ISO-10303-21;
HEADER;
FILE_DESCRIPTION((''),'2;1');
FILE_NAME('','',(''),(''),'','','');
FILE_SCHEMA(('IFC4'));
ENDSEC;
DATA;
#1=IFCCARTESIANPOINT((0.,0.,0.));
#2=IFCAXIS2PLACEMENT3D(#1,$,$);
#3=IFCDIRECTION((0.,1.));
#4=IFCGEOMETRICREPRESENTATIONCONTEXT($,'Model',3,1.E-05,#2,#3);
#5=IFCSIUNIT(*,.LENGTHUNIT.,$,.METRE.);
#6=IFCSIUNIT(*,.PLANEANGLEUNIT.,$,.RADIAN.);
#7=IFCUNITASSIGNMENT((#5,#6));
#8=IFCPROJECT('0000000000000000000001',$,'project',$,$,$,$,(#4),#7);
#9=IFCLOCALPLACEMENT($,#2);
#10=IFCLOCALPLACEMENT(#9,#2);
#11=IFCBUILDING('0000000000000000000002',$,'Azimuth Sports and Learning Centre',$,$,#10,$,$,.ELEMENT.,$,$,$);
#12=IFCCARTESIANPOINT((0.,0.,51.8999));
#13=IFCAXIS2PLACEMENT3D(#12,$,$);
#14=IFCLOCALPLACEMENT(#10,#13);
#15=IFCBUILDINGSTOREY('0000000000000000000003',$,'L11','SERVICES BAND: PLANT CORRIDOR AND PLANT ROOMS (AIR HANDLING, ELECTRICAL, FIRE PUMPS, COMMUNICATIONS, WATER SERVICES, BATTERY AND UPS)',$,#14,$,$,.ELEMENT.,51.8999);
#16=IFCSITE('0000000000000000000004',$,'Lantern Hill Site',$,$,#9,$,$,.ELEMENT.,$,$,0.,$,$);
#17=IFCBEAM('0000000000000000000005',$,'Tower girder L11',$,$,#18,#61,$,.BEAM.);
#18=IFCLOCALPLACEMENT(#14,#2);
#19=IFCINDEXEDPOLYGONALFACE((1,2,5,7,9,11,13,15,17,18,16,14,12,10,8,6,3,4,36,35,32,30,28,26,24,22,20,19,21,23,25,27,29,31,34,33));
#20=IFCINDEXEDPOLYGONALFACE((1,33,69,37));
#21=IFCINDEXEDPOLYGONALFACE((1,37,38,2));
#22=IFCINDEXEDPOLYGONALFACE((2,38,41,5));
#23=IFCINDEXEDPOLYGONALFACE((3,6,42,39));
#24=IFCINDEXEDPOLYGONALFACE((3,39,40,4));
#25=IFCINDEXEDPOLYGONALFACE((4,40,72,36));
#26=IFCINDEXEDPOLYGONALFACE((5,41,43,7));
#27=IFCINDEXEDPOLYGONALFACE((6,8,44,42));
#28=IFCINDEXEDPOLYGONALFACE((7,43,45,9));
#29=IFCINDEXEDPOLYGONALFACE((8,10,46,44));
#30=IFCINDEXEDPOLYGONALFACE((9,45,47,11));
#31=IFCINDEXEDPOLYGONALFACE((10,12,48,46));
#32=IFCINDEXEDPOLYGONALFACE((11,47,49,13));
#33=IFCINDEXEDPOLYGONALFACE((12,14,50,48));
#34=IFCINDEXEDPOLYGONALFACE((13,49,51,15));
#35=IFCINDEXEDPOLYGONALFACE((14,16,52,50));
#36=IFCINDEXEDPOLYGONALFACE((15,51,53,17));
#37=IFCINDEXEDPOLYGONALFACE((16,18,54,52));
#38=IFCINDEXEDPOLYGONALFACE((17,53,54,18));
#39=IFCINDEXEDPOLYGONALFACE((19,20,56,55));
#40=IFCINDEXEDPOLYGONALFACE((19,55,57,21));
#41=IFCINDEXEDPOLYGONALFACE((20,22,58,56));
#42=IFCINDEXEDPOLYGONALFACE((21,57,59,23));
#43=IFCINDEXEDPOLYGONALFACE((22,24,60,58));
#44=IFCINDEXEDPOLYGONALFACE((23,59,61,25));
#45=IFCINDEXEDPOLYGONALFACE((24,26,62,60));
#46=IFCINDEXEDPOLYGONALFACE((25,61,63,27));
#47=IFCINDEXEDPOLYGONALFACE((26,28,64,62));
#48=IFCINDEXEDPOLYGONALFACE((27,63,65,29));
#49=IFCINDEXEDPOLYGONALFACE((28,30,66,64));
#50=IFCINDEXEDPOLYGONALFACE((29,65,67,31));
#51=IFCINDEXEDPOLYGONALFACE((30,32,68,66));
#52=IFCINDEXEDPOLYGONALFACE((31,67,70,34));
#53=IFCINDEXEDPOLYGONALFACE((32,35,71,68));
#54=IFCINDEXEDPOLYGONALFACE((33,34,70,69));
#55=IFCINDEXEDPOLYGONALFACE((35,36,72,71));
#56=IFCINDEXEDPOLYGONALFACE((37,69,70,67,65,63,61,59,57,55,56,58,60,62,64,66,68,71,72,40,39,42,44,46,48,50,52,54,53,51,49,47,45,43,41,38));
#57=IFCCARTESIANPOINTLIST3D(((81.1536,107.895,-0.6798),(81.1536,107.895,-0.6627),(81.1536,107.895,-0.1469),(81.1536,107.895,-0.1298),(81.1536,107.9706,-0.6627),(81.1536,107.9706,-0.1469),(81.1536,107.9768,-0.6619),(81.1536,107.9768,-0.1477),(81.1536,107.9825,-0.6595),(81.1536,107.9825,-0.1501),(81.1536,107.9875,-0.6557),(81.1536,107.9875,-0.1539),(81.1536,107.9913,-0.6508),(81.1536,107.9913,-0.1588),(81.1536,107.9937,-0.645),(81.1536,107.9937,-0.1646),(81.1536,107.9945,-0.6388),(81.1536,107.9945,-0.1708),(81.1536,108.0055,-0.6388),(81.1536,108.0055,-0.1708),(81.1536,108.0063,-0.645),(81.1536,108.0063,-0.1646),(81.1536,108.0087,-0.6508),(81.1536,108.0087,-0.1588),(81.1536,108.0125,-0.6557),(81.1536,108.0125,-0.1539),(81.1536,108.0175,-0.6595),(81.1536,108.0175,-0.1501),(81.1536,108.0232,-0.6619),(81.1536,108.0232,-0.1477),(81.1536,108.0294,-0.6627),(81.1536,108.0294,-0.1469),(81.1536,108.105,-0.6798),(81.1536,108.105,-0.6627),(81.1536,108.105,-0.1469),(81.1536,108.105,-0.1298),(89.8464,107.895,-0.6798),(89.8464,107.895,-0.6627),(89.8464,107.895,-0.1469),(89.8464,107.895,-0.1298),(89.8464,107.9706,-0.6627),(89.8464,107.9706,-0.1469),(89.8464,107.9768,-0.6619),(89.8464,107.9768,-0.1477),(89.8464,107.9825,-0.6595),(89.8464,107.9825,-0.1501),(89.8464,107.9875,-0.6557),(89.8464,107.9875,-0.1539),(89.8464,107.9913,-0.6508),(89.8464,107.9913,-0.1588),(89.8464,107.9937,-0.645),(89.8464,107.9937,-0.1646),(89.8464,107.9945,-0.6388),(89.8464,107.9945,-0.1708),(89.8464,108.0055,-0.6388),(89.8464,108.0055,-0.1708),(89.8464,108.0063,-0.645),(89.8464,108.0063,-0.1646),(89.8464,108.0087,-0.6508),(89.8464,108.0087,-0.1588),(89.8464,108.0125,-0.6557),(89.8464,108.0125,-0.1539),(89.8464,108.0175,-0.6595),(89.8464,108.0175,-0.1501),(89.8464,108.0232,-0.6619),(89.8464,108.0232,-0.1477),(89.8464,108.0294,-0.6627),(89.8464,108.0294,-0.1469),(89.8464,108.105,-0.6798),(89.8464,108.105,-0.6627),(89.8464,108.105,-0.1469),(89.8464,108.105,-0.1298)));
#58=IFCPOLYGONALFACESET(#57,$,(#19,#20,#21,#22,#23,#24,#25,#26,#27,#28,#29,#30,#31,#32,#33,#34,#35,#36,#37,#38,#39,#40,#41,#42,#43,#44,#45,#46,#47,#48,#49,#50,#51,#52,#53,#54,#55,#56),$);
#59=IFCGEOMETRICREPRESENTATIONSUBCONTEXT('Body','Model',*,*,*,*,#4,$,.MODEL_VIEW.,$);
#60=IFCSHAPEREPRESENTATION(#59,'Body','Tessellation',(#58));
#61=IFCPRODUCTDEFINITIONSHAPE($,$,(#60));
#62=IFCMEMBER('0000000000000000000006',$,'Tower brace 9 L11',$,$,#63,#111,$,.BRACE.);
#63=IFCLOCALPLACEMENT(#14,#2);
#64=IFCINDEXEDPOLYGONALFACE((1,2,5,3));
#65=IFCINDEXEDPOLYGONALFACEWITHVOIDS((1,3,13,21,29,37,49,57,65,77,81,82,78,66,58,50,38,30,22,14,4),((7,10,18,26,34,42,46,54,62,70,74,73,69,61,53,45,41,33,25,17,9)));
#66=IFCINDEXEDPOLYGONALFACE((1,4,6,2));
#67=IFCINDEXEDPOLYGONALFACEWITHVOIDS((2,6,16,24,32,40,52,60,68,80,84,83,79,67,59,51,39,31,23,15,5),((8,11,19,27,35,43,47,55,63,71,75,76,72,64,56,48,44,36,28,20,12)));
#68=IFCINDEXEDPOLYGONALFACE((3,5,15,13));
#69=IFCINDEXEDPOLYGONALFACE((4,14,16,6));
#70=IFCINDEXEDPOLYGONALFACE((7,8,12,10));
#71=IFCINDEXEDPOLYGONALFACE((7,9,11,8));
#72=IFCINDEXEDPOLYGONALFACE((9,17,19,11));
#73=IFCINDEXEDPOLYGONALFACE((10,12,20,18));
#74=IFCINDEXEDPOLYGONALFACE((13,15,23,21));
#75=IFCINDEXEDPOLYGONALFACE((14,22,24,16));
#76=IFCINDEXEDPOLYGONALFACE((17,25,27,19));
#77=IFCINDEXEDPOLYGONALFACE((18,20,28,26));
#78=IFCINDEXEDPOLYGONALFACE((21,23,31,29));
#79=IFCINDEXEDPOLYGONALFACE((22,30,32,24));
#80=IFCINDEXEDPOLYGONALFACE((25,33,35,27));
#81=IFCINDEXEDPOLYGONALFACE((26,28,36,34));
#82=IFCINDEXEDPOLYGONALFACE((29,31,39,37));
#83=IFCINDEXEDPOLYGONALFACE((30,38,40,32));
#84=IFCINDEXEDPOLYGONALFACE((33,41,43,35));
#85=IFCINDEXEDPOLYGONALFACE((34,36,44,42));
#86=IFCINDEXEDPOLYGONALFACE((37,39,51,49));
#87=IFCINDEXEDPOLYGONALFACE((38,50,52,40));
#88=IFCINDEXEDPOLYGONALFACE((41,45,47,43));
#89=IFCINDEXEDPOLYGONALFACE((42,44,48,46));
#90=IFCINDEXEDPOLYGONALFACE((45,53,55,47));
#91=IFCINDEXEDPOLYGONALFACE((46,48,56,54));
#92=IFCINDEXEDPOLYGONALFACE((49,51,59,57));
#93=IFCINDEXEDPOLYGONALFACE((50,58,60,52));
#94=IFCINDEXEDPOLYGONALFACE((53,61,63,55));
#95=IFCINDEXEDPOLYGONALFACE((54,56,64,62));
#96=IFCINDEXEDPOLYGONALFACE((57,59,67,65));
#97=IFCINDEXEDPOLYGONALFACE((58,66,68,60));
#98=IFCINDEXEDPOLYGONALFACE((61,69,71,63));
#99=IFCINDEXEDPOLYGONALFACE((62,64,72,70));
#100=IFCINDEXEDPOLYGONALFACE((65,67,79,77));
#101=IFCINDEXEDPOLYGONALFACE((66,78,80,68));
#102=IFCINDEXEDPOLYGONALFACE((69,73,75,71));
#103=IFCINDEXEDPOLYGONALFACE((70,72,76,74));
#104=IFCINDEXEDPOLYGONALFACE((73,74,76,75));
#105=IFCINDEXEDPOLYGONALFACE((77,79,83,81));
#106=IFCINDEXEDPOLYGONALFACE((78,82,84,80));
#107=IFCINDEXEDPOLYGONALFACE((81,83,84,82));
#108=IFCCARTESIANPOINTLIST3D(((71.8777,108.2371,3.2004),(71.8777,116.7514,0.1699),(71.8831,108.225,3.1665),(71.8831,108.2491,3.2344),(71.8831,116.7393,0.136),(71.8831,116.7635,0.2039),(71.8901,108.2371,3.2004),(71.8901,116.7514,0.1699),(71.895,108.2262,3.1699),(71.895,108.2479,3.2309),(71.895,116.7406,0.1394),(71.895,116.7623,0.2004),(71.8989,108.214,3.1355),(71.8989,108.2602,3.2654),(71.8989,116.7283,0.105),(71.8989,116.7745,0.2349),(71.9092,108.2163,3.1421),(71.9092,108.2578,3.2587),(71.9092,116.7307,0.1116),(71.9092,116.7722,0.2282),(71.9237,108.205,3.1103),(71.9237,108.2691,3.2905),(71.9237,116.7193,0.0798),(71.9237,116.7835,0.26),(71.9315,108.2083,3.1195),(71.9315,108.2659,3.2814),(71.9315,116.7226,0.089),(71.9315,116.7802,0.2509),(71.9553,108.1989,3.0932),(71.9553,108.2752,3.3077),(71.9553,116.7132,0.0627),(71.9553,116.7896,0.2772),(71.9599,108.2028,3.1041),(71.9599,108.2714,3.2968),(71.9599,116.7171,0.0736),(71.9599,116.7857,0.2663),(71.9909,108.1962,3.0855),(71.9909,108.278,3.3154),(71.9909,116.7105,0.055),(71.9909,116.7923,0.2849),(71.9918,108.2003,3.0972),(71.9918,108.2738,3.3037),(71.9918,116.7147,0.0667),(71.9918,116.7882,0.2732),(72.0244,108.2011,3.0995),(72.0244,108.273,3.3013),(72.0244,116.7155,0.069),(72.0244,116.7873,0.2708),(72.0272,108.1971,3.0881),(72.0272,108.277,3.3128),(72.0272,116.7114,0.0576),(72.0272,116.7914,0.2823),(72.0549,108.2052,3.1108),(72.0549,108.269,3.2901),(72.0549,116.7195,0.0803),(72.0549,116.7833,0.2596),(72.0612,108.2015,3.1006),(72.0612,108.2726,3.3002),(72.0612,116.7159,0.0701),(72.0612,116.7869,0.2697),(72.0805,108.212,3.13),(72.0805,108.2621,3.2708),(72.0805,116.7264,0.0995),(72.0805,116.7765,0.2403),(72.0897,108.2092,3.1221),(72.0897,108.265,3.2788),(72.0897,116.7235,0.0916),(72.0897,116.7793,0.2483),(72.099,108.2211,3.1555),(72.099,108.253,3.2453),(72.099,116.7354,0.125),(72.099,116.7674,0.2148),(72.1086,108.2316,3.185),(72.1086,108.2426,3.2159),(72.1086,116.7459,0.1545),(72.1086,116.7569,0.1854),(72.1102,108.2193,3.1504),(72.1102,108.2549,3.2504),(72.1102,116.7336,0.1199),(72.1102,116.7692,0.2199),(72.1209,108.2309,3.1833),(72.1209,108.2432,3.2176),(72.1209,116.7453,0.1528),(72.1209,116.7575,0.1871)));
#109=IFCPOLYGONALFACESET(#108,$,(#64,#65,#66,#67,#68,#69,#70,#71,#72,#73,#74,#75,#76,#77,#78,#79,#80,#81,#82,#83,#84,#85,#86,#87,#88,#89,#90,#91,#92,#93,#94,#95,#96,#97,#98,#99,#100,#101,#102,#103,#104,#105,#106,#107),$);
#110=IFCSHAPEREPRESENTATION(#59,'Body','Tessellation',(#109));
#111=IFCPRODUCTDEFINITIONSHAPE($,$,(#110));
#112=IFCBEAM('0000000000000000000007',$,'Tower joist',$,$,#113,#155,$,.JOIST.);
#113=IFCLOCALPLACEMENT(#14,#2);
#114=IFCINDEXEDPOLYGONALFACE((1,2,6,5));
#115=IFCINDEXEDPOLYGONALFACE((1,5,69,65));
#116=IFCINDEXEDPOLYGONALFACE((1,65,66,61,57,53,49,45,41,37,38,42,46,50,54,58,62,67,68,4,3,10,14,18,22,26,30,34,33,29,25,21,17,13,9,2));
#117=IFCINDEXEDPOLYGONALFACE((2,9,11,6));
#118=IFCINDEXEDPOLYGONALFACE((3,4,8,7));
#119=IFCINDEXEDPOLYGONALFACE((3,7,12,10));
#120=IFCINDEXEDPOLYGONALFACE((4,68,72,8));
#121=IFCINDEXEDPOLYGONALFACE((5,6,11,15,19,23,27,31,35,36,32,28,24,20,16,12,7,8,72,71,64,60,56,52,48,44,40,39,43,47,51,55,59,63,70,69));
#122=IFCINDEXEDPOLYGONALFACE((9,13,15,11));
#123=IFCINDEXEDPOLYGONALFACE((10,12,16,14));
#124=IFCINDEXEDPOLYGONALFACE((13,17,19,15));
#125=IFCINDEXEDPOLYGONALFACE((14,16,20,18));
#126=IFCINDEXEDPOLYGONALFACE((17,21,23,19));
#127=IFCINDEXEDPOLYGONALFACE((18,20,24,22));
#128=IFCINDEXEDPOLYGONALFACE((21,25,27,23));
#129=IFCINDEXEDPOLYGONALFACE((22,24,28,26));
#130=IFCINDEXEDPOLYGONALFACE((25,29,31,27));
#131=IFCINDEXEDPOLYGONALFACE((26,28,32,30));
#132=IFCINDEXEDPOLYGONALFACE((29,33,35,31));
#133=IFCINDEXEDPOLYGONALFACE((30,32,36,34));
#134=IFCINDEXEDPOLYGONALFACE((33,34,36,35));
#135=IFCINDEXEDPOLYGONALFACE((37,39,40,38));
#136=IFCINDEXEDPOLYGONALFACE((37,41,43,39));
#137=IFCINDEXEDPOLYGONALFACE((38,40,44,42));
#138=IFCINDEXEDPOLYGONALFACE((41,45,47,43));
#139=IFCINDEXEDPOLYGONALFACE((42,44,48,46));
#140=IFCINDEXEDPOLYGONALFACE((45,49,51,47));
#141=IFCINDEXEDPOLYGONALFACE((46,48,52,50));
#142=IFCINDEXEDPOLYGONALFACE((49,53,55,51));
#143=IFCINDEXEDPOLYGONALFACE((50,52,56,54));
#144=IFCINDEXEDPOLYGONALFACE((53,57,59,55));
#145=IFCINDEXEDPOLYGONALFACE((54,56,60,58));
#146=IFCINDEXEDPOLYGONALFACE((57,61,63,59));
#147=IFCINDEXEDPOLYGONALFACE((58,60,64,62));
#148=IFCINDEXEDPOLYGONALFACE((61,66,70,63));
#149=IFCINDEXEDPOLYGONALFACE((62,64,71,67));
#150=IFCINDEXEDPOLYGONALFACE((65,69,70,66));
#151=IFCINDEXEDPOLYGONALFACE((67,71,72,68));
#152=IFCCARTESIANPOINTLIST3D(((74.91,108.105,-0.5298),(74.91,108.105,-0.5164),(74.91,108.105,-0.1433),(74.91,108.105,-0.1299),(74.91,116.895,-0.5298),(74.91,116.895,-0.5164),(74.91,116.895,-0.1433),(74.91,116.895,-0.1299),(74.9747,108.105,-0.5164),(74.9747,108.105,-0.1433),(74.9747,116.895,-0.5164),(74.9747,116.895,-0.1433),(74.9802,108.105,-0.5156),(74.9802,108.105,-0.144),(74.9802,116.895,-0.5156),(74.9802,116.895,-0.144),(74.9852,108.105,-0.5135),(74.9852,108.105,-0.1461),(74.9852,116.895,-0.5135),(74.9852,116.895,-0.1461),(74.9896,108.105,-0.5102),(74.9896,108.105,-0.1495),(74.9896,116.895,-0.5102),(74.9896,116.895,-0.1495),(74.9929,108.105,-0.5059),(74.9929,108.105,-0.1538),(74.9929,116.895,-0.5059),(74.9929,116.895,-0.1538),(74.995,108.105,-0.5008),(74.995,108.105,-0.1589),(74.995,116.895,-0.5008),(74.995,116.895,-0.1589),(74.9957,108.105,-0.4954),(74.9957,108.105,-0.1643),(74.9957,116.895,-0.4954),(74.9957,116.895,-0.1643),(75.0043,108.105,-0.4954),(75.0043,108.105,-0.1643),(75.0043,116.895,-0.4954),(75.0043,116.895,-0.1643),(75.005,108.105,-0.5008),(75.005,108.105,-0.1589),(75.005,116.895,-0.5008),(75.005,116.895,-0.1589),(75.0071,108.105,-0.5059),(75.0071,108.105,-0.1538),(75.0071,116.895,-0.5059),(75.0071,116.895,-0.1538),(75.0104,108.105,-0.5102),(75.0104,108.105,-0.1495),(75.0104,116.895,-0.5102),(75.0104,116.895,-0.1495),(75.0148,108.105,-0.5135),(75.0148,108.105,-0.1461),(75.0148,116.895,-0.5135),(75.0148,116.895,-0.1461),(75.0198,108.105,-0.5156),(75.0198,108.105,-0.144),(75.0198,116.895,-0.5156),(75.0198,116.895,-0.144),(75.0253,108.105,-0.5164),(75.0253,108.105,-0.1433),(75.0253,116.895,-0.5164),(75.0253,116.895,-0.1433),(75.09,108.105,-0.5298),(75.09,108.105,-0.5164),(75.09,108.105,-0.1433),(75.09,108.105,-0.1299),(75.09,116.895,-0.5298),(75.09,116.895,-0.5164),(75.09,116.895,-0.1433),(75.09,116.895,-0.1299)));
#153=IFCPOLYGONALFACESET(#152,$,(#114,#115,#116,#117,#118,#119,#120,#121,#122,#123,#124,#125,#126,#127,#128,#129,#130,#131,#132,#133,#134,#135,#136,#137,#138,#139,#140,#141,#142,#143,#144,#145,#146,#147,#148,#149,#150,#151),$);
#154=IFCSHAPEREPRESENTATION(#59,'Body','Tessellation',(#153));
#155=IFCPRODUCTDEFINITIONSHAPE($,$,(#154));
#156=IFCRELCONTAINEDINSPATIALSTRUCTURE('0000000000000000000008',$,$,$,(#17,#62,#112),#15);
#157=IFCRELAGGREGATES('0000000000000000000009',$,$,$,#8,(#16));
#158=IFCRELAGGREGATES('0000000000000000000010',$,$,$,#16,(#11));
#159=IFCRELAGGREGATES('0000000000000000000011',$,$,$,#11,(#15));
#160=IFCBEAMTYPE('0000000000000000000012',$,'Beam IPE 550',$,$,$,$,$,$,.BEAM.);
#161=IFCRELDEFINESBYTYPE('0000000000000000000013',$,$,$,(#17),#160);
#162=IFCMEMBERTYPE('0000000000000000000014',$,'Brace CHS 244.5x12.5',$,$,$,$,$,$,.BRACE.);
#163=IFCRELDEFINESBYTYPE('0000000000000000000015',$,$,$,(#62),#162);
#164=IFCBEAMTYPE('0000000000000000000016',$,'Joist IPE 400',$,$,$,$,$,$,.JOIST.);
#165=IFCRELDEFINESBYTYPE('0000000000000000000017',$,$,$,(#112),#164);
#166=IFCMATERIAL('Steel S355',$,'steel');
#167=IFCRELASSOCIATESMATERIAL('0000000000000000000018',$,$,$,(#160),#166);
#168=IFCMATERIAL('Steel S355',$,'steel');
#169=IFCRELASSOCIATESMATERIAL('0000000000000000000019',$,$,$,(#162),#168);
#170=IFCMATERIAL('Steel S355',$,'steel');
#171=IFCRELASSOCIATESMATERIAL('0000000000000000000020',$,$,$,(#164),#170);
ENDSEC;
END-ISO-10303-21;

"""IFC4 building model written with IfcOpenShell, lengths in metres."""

from ifc_helpers import new_model, si_unit, direction, frame, origin, origin_2d, place, context, subcontext, project, spatial, hollow_circle, i_section, extrude, material, material_profile, profile_set, type_object, element, save


model = new_model("IFC4")

# Units and contexts
model_context = context("Model", 3, precision=1e-05, world=origin(), true_north=direction((0.0, 1.0)))
body_context = subcontext(model_context, "Body", "Model", "MODEL_VIEW")
ifc_project = project(units=[si_unit("LENGTHUNIT", "METRE"), si_unit("PLANEANGLEUNIT", "RADIAN")], contexts=[model_context])

# Site, building, storey
site_placement = place(None, origin())
site = spatial("IfcSite", under=ifc_project, at=site_placement, Name="Lantern Hill Site", CompositionType="ELEMENT", RefElevation=0.0)
building_placement = place(site_placement, origin())
building = spatial("IfcBuilding", under=site, at=building_placement, Name="Azimuth Sports and Learning Centre", CompositionType="ELEMENT")
storey_placement = place(building_placement, frame((0.0, 0.0, 51.8999)))
storey = spatial("IfcBuildingStorey", under=building, at=storey_placement, Name="L11", Description="SERVICES BAND: PLANT CORRIDOR AND PLANT ROOMS (AIR HANDLING, ELECTRICAL, FIRE PUMPS, COMMUNICATIONS, WATER SERVICES, BATTERY AND UPS)", CompositionType="ELEMENT", Elevation=51.8999)

# Beam
ifc_material_1 = material(Name="Steel S355", Category="steel")
ifc_material_profile_1 = material_profile(ifc_material_1, i_section(OverallWidth=0.21, OverallDepth=0.55, WebThickness=0.011, FlangeThickness=0.0171, FilletRadius=0.0239, at=origin_2d()), Name="IPE 550")
ifc_profile_set_1 = profile_set([ifc_material_profile_1], Name="Steel S355")
beam_type_1 = type_object("IfcBeamType", Name="Beam IPE 550", PredefinedType="BEAM", material=ifc_profile_set_1)
for number, where, z_axis, x_axis, name in (
    (1, (81.1536, 108.0, -0.4048), (1.0, 0.0, 0.0), (0.0, 1.0, 0.0), "Tower girder L11"),
):
    element("IfcBeam", number, at=place(storey_placement, frame(where, z_axis=z_axis, x_axis=x_axis)), inside=storey, type_object=beam_type_1, Name=name, PredefinedType="BEAM", context=body_context, shape_type="SweptSolid", body=[
        extrude(i_section(OverallWidth=0.21, OverallDepth=0.55, WebThickness=0.011, FlangeThickness=0.0171, FilletRadius=0.0239, at=origin_2d()), origin(), (0.0, 0.0, 1.0), 8.6929),
    ])

# Member
ifc_material_2 = material(Name="Steel S355", Category="steel")
ifc_material_profile_2 = material_profile(ifc_material_2, hollow_circle(Radius=0.1223, WallThickness=0.0125, at=origin_2d()), Name="CHS 244.5x12.5")
ifc_profile_set_2 = profile_set([ifc_material_profile_2], Name="Steel S355")
member_type = type_object("IfcMemberType", Name="Brace CHS 244.5x12.5", PredefinedType="BRACE", material=ifc_profile_set_2)
member_placement = place(storey_placement, frame((72.0, 108.2371, 3.2004), z_axis=(0.0, 0.942104, -0.335321), x_axis=(-1.0, 0.0, 0.0)))
element("IfcMember", 2, at=member_placement, inside=storey, type_object=member_type, Name="Tower brace 9 L11", PredefinedType="BRACE", context=body_context, shape_type="SweptSolid", body=[
    extrude(hollow_circle(Radius=0.1223, WallThickness=0.0125, at=origin_2d()), origin(), (0.0, 0.0, 1.0), 9.0376),
])

# Beam
ifc_material_3 = material(Name="Steel S355", Category="steel")
ifc_material_profile_3 = material_profile(ifc_material_3, i_section(OverallWidth=0.1799, OverallDepth=0.3999, WebThickness=0.0085, FlangeThickness=0.0134, FilletRadius=0.021, at=origin_2d()), Name="IPE 400")
ifc_profile_set_3 = profile_set([ifc_material_profile_3], Name="Steel S355")
beam_type_2 = type_object("IfcBeamType", Name="Joist IPE 400", PredefinedType="JOIST", material=ifc_profile_set_3)
for number, where, z_axis, x_axis, name in (
    (3, (75.0, 108.105, -0.3298), (0.0, 1.0, 0.0), (-1.0, 0.0, 0.0), "Tower joist"),
):
    element("IfcBeam", number, at=place(storey_placement, frame(where, z_axis=z_axis, x_axis=x_axis)), inside=storey, type_object=beam_type_2, Name=name, PredefinedType="JOIST", context=body_context, shape_type="SweptSolid", body=[
        extrude(i_section(OverallWidth=0.1799, OverallDepth=0.3999, WebThickness=0.0085, FlangeThickness=0.0134, FilletRadius=0.021, at=origin_2d()), origin(), (0.0, 0.0, 1.0), 8.79),
    ])

save(model, "model.ifc")
